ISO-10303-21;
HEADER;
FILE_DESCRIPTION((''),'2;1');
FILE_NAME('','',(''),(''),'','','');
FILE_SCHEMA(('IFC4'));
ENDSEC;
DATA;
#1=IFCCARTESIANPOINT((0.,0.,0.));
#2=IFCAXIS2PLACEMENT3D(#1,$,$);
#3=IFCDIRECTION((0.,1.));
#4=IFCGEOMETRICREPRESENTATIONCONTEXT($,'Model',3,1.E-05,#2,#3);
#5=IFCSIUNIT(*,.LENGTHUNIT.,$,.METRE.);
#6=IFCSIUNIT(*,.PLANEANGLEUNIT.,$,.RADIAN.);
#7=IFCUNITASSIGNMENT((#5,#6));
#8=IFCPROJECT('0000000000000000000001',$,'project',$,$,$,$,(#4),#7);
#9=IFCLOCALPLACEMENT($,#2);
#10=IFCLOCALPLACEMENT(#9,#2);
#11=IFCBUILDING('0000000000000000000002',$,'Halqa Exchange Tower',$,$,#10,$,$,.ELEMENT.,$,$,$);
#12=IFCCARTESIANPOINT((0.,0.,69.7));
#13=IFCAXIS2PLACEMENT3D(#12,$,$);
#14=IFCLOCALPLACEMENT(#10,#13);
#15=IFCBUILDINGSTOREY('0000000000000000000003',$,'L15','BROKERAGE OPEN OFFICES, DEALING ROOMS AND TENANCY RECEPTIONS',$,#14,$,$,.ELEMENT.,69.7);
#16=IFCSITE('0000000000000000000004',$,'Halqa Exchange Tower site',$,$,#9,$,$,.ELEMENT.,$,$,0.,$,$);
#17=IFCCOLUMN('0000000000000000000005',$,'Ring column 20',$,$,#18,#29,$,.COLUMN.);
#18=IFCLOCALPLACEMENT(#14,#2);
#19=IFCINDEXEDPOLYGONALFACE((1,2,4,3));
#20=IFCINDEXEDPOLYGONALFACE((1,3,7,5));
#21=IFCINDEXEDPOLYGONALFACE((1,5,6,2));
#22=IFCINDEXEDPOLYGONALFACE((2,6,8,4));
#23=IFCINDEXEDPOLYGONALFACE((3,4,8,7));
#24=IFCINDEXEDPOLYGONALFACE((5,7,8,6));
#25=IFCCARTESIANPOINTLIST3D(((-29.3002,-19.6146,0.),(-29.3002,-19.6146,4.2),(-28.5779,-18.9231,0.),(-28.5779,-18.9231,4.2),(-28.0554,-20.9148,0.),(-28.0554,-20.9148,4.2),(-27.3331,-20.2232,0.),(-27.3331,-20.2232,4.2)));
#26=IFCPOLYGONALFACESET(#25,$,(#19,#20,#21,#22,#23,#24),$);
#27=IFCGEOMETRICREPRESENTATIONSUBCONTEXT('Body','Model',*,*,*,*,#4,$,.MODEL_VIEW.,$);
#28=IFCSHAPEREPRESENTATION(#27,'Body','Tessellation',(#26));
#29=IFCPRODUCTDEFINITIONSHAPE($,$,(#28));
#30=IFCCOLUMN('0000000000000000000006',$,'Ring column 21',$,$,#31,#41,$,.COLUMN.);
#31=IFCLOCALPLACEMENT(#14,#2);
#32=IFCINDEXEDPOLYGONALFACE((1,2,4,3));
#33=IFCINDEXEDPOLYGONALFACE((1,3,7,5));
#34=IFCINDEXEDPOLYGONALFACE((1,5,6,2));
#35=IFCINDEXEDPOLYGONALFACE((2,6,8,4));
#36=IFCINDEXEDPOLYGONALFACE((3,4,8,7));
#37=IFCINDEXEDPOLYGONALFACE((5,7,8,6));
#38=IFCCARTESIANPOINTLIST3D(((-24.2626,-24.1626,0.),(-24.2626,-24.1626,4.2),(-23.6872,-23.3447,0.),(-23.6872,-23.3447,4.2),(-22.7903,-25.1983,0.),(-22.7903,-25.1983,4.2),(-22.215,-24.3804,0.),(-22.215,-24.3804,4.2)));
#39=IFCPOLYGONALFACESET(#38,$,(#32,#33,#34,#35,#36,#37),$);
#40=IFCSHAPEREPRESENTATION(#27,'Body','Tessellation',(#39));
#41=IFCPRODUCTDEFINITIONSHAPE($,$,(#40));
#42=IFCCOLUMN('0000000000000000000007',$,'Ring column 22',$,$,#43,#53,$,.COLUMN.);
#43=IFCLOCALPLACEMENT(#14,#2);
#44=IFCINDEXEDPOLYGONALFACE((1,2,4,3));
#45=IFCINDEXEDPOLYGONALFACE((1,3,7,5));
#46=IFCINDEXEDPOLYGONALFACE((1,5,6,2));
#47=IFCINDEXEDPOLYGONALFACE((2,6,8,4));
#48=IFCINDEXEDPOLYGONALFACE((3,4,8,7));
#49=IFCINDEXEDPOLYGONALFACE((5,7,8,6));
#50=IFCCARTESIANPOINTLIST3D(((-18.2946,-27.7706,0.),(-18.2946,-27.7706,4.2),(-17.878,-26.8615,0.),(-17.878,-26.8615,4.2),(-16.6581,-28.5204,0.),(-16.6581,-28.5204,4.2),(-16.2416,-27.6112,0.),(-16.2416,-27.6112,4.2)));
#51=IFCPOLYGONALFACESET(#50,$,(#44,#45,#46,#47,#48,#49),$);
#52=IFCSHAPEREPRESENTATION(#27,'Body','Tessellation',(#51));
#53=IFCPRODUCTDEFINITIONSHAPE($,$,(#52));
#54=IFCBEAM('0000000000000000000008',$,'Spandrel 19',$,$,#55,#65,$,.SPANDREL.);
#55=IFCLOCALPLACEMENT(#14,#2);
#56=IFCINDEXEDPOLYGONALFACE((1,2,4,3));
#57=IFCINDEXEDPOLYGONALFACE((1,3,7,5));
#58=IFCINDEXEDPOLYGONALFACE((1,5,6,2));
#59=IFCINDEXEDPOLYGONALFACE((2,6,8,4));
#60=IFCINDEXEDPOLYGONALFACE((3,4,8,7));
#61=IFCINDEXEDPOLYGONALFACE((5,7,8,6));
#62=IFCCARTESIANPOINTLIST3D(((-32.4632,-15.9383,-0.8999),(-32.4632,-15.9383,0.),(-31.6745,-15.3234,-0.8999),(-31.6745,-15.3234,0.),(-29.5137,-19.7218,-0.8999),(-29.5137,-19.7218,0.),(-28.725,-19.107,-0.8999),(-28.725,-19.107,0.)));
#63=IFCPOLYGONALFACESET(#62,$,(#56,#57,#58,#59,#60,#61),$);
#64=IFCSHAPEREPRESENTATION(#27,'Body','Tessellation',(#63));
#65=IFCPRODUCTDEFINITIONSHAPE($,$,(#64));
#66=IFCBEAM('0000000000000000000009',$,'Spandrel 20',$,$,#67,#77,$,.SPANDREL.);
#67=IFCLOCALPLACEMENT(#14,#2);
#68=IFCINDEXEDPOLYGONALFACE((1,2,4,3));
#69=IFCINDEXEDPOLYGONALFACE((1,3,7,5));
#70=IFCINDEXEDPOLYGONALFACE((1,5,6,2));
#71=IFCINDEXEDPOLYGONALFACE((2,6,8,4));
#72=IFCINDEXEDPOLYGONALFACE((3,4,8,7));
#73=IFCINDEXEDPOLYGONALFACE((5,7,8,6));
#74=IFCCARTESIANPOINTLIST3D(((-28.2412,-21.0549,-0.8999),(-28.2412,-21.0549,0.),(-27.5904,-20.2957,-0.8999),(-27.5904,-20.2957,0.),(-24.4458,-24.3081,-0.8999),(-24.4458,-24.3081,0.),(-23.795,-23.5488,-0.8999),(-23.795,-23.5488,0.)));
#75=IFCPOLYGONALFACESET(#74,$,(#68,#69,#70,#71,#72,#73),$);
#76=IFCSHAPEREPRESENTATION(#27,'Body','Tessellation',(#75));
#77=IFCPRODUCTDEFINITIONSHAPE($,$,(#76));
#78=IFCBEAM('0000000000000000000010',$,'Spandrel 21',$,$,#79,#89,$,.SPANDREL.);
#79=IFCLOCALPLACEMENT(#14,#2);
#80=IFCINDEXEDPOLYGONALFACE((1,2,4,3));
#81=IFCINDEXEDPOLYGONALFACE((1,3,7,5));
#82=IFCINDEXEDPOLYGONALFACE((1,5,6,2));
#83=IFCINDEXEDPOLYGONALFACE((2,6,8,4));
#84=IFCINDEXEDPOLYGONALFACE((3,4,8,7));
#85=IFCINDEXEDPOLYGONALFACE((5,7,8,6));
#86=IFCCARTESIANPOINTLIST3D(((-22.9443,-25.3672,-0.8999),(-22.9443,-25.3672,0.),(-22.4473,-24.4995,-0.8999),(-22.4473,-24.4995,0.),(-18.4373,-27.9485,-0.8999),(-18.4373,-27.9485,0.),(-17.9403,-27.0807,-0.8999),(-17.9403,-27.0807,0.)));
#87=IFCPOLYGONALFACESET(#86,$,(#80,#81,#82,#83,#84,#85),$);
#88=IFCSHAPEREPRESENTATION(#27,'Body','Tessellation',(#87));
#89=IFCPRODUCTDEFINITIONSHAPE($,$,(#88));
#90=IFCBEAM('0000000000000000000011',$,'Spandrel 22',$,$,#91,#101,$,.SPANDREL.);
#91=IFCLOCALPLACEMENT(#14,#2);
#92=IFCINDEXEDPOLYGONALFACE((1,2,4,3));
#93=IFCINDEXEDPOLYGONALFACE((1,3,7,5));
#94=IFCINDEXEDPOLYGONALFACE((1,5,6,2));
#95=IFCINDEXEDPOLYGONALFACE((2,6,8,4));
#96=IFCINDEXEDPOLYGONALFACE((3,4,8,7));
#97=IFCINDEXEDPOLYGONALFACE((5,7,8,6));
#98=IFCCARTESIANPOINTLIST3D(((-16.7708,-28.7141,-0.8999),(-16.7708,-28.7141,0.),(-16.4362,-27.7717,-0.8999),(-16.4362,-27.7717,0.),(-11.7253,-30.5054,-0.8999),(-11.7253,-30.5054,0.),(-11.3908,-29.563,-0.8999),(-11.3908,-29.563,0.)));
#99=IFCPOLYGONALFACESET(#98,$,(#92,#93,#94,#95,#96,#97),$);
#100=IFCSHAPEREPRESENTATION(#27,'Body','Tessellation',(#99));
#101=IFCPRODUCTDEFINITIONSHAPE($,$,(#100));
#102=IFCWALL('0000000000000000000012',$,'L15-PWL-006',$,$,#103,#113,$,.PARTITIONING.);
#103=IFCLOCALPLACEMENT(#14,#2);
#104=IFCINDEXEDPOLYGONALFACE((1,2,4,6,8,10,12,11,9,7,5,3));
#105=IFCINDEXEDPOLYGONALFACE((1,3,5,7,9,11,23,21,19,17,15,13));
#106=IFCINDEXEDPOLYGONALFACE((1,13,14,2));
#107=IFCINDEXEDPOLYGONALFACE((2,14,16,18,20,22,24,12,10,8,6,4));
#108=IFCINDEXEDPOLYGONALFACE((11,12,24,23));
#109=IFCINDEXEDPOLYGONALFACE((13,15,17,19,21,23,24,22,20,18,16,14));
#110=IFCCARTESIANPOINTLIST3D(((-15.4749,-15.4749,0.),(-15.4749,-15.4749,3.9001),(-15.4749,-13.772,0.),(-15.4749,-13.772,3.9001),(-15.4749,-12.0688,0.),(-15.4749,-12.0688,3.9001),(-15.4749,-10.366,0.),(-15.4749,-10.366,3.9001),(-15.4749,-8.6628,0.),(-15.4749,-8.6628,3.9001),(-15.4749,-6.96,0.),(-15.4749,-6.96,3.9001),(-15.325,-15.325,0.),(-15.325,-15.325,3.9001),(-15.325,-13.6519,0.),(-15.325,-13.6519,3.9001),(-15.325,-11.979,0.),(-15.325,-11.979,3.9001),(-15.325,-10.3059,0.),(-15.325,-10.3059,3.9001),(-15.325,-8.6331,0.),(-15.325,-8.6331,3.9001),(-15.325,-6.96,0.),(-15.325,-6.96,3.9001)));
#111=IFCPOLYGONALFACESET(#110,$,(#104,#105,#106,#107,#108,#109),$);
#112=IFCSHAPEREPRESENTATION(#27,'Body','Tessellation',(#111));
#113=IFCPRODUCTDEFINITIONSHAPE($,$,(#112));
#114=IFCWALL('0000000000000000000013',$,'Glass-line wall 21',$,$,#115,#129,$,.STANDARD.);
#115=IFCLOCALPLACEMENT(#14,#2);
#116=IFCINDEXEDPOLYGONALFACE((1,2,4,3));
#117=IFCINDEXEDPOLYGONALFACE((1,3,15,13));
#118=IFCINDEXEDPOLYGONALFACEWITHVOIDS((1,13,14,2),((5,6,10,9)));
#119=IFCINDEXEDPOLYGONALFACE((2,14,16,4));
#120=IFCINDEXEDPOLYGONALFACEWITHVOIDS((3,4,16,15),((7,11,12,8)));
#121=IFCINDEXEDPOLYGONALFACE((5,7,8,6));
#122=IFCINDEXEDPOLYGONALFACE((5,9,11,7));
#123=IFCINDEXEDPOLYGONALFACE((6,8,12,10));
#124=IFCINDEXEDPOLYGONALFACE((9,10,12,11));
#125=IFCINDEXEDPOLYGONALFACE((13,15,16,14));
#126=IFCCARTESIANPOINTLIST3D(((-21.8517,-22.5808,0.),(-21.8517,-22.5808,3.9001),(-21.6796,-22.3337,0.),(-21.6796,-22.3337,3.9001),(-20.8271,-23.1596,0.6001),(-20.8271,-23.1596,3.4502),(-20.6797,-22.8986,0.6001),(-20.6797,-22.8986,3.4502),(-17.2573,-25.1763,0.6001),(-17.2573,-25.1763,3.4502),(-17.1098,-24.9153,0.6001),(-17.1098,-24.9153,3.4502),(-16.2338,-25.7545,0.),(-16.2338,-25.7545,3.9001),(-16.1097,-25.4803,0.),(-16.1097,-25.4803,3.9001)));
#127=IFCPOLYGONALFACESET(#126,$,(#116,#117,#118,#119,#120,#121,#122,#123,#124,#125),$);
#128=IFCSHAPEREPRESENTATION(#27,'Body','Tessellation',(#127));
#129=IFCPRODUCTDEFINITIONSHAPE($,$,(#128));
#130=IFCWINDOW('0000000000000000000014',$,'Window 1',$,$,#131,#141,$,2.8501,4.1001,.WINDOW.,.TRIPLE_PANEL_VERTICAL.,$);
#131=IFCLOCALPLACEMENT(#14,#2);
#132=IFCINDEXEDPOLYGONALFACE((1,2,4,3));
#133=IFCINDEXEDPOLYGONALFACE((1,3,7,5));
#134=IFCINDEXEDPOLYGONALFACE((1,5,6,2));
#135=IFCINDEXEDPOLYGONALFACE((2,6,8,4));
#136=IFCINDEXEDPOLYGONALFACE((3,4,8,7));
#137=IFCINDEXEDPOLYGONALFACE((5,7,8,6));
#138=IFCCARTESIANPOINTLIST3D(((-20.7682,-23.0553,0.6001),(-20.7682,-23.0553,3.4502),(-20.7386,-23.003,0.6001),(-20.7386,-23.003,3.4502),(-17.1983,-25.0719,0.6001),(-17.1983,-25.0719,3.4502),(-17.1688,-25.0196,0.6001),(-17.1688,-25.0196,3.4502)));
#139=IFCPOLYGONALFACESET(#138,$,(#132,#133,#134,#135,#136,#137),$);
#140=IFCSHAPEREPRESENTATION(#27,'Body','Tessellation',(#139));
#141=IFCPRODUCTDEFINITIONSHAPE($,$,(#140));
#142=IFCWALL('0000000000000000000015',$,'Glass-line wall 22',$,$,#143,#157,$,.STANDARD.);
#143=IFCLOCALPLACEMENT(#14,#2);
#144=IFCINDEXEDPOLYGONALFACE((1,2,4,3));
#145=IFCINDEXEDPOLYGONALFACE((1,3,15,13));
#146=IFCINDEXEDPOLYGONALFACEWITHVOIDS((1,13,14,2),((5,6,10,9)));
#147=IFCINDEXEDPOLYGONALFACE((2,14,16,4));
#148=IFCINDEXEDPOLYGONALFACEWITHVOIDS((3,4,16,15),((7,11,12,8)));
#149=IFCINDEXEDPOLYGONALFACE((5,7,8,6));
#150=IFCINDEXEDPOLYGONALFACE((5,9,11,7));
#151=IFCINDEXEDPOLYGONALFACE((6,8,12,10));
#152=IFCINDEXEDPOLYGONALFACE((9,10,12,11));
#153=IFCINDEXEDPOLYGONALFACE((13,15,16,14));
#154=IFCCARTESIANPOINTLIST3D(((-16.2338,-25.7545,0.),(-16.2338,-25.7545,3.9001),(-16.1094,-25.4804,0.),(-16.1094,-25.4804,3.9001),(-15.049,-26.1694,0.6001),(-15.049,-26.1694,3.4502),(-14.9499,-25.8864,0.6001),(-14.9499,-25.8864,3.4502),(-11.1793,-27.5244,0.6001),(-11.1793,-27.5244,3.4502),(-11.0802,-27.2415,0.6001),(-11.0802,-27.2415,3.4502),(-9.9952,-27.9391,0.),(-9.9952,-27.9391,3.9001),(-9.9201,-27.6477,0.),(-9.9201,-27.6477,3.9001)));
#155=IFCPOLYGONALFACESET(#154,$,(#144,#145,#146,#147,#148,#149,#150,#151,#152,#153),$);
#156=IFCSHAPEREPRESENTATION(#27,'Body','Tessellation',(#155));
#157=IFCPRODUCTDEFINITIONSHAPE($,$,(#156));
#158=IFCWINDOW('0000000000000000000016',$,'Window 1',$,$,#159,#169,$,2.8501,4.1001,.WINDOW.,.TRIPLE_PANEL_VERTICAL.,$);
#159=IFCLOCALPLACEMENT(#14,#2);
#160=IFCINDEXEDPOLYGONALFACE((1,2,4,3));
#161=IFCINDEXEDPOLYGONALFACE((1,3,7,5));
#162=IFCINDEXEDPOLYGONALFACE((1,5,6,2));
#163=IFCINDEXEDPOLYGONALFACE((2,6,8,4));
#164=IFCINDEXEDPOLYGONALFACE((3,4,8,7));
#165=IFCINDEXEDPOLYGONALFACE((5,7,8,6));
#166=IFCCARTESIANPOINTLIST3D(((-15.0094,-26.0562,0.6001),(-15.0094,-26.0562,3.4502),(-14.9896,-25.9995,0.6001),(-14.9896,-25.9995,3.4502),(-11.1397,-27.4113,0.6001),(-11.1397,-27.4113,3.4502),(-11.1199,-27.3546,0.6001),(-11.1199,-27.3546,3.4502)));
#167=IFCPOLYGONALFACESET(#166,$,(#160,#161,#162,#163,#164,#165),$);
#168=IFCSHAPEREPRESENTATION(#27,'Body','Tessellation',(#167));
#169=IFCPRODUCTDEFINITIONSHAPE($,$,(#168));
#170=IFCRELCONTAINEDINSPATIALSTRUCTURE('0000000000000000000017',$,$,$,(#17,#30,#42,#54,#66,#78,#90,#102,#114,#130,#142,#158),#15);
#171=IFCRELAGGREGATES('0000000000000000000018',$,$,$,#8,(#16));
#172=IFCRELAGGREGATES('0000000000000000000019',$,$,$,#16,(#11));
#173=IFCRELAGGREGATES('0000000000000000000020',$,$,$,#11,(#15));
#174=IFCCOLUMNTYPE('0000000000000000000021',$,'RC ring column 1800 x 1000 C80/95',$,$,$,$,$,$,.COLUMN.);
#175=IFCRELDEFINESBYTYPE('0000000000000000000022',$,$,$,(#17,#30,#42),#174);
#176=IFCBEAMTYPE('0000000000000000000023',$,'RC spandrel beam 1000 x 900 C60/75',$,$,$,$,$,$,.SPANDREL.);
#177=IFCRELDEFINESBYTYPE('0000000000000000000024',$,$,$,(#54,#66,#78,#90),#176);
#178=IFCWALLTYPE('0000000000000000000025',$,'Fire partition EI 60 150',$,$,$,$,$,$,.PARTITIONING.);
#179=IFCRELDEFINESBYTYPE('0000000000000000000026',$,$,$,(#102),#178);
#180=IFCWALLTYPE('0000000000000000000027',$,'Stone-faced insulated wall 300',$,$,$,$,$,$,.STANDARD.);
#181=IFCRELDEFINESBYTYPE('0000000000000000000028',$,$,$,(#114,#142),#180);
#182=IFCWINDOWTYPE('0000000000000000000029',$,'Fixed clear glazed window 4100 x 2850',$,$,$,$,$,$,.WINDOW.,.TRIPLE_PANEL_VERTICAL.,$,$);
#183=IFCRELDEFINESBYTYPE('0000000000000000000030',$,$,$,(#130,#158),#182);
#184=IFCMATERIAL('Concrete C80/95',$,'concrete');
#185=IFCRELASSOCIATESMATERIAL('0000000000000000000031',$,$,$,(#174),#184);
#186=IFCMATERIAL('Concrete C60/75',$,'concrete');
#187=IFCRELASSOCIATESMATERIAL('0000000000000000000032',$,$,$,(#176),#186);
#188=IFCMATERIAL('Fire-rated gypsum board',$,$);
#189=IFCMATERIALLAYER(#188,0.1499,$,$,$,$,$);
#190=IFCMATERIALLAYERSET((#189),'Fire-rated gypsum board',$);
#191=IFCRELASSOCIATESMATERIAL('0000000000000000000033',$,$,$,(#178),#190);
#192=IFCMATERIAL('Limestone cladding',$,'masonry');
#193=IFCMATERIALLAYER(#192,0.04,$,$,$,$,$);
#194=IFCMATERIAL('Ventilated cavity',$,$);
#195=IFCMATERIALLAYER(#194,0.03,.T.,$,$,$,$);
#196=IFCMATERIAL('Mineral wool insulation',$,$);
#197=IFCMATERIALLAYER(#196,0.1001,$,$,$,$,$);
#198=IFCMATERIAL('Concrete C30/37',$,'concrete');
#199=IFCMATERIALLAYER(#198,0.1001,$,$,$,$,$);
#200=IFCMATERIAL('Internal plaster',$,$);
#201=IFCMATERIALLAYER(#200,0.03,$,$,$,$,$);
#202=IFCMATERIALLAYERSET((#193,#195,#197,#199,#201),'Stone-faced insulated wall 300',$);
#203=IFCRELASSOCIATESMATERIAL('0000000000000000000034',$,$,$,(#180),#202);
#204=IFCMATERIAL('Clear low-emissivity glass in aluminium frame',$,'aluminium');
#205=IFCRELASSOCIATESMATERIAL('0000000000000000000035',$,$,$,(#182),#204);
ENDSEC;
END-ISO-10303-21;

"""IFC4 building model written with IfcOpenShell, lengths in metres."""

from ifc_helpers import new_model, si_unit, direction, frame, frame_2d, origin, origin_2d, place, context, subcontext, project, spatial, polyline, rectangle, outline, extrude, material, layer, layer_set, material_profile, profile_set, type_object, element, fill, save


model = new_model("IFC4")

# Units and contexts
model_context = context("Model", 3, precision=1e-05, world=origin(), true_north=direction((0.0, 1.0)))
body_context = subcontext(model_context, "Body", "Model", "MODEL_VIEW")
ifc_project = project(units=[si_unit("LENGTHUNIT", "METRE"), si_unit("PLANEANGLEUNIT", "RADIAN")], contexts=[model_context])

# Site, building, storey
site_placement = place(None, origin())
site = spatial("IfcSite", under=ifc_project, at=site_placement, Name="Halqa Exchange Tower site", CompositionType="ELEMENT", RefElevation=0.0)
building_placement = place(site_placement, origin())
building = spatial("IfcBuilding", under=site, at=building_placement, Name="Halqa Exchange Tower", CompositionType="ELEMENT")
storey_placement = place(building_placement, frame((0.0, 0.0, 69.7)))
storey = spatial("IfcBuildingStorey", under=building, at=storey_placement, Name="L15", Description="BROKERAGE OPEN OFFICES, DEALING ROOMS AND TENANCY RECEPTIONS", CompositionType="ELEMENT", Elevation=69.7)

# Columns
ifc_material_1 = material(Name="Concrete C80/95", Category="concrete")
ifc_material_profile_1 = material_profile(ifc_material_1, rectangle(XDim=1.8, YDim=1.0, at=origin_2d()), Name="1800 x 1000")
ifc_profile_set_1 = profile_set([ifc_material_profile_1], Name="Concrete C80/95")
column_type = type_object("IfcColumnType", Name="RC ring column 1800 x 1000 C80/95", PredefinedType="COLUMN", material=ifc_profile_set_1)
for number, where, z_axis, x_axis, name in (
    (1, (-28.3167, -19.9189, 0.0), (0.0, 0.0, 1.0), (0.691579, -0.722301, 0.0), "Ring column 20"),
    (2, (-23.2388, -24.2715, 0.0), (0.0, 0.0, 1.0), (0.817909, -0.575348, 0.0), "Ring column 21"),
    (3, (-17.2681, -27.6909, 0.0), (0.0, 0.0, 1.0), (0.909127, -0.416519, 0.0), "Ring column 22"),
):
    element("IfcColumn", number, at=place(storey_placement, frame(where, z_axis=z_axis, x_axis=x_axis)), inside=storey, type_object=column_type, Name=name, PredefinedType="COLUMN", context=body_context, shape_type="SweptSolid", body=[
        extrude(rectangle(XDim=1.8, YDim=1.0, at=origin_2d()), origin(), (0.0, 0.0, 1.0), 4.2),
    ])

# Beams
ifc_material_2 = material(Name="Concrete C60/75", Category="concrete")
ifc_material_profile_2 = material_profile(ifc_material_2, rectangle(XDim=1.0, YDim=0.8999, at=origin_2d()), Name="1000 x 900")
ifc_profile_set_2 = profile_set([ifc_material_profile_2], Name="Concrete C60/75")
beam_type = type_object("IfcBeamType", Name="RC spandrel beam 1000 x 900 C60/75", PredefinedType="SPANDREL", material=ifc_profile_set_2)
beam_1_placement = place(storey_placement, frame((-32.0688, -15.6309, -0.45), z_axis=(0.614821, -0.788667, 0.0), x_axis=(0.788667, 0.614821, 0.0)))
element("IfcBeam", 4, at=beam_1_placement, inside=storey, type_object=beam_type, Name="Spandrel 19", PredefinedType="SPANDREL", context=body_context, shape_type="SweptSolid", body=[
    extrude(rectangle(XDim=1.0, YDim=0.8999, at=origin_2d()), origin(), (0.0, 0.0, 1.0), 4.7974),
])
beam_2_placement = place(storey_placement, frame((-27.9158, -20.6753, -0.45), z_axis=(0.75926, -0.650787, 0.0), x_axis=(0.650787, 0.75926, 0.0)))
element("IfcBeam", 5, at=beam_2_placement, inside=storey, type_object=beam_type, Name="Spandrel 20", PredefinedType="SPANDREL", context=body_context, shape_type="SweptSolid", body=[
    extrude(rectangle(XDim=1.0, YDim=0.8999, at=origin_2d()), origin(), (0.0, 0.0, 1.0), 4.9988),
])
beam_3_placement = place(storey_placement, frame((-22.6958, -24.9333, -0.45), z_axis=(0.86776, -0.496984, 0.0), x_axis=(0.496984, 0.86776, 0.0)))
element("IfcBeam", 6, at=beam_3_placement, inside=storey, type_object=beam_type, Name="Spandrel 21", PredefinedType="SPANDREL", context=body_context, shape_type="SweptSolid", body=[
    extrude(rectangle(XDim=1.0, YDim=0.8999, at=origin_2d()), origin(), (0.0, 0.0, 1.0), 5.1938),
])
beam_4_placement = place(storey_placement, frame((-16.6035, -28.2429, -0.45), z_axis=(0.942372, -0.334568, 0.0), x_axis=(0.334568, 0.942372, 0.0)))
element("IfcBeam", 7, at=beam_4_placement, inside=storey, type_object=beam_type, Name="Spandrel 22", PredefinedType="SPANDREL", context=body_context, shape_type="SweptSolid", body=[
    extrude(rectangle(XDim=1.0, YDim=0.8999, at=origin_2d()), origin(), (0.0, 0.0, 1.0), 5.354),
])

# Wall
ifc_material_3 = material(Name="Fire-rated gypsum board")
ifc_layer_1 = layer(ifc_material_3, 0.1499)
ifc_layer_set_1 = layer_set([ifc_layer_1], Name="Fire-rated gypsum board")
wall_type_1 = type_object("IfcWallType", Name="Fire partition EI 60 150", PredefinedType="PARTITIONING", material=ifc_layer_set_1)
wall_1_placement = place(storey_placement, frame((-15.3999, -15.4751, 0.0), z_axis=(0.0, 0.0, 1.0), x_axis=(0.0, 1.0, 0.0)))
element("IfcWall", 8, at=wall_1_placement, inside=storey, type_object=wall_type_1, Name="L15-PWL-006", PredefinedType="PARTITIONING", context=body_context, shape_type="SweptSolid", body=[
    extrude(outline(polyline([(8.5151, 0.075), (6.8123, 0.075), (5.1091, 0.075), (3.4062, 0.075), (1.7031, 0.075), (0.0002, 0.075), (0.1501, -0.075), (1.8232, -0.075), (3.4961, -0.075), (5.1692, -0.075), (6.842, -0.075), (8.5151, -0.075), (8.5151, 0.075)])), origin(), (0.0, 0.0, 1.0), 3.9001),
])

# Shared definitions
ifc_material_4 = material(Name="Limestone cladding", Category="masonry")
ifc_layer_2 = layer(ifc_material_4, 0.04)
ifc_material_5 = material(Name="Ventilated cavity")
ifc_layer_3 = layer(ifc_material_5, 0.03, ventilated=True)
ifc_material_6 = material(Name="Mineral wool insulation")
ifc_layer_4 = layer(ifc_material_6, 0.1001)
ifc_material_7 = material(Name="Concrete C30/37", Category="concrete")
ifc_layer_5 = layer(ifc_material_7, 0.1001)
ifc_material_8 = material(Name="Internal plaster")
ifc_layer_6 = layer(ifc_material_8, 0.03)
ifc_layer_set_2 = layer_set([ifc_layer_2, ifc_layer_3, ifc_layer_4, ifc_layer_5, ifc_layer_6], Name="Stone-faced insulated wall 300")
wall_type_2 = type_object("IfcWallType", Name="Stone-faced insulated wall 300", PredefinedType="STANDARD", material=ifc_layer_set_2)
ifc_material_9 = material(Name="Clear low-emissivity glass in aluminium frame", Category="aluminium")

# Walls, openings, windows
wall_2_placement = place(storey_placement, frame((-21.7656, -22.4573, 0.0), z_axis=(0.0, 0.0, 1.0), x_axis=(0.870674, -0.491861, 0.0)))
wall_2 = element("IfcWall", 9, at=wall_2_placement, inside=storey, type_object=wall_type_2, Name="Glass-line wall 21", PredefinedType="STANDARD", context=body_context, shape_type="SweptSolid", body=[
    extrude(outline(polyline([(-0.0142, -0.1499), (6.4382, -0.1499), (6.4114, 0.1499), (0.0142, 0.1499), (-0.0142, -0.1499)])), origin(), (0.0, 0.0, 1.0), 3.9001),
])
opening_1_placement = place(wall_2_placement, frame((1.1626, 0.0, 0.6001)))
opening_1 = element("IfcOpeningElement", 10, at=opening_1_placement, cuts=wall_2, PredefinedType="OPENING", context=body_context, shape_type="SweptSolid", body=[
    extrude(rectangle(XDim=4.1001, YDim=2.8501, at=frame_2d((2.05, 1.425))), frame((0.0, 0.1621, 0.0), z_axis=(0.0, -1.0, 0.0), x_axis=(1.0, 0.0, 0.0)), (0.0, 0.0, 1.0), 0.324),
])
window_type = type_object("IfcWindowType", Name="Fixed clear glazed window 4100 x 2850", PartitioningType="TRIPLE_PANEL_VERTICAL", PredefinedType="WINDOW", material=ifc_material_9)
window_1_placement = place(opening_1_placement, origin())
window_1 = element("IfcWindow", 11, at=window_1_placement, inside=storey, type_object=window_type, Name="Window 1", OverallHeight=2.8501, OverallWidth=4.1001, PartitioningType="TRIPLE_PANEL_VERTICAL", PredefinedType="WINDOW", context=body_context, shape_type="SweptSolid", body=[
    extrude(rectangle(XDim=4.1001, YDim=2.8501, at=frame_2d((2.05, 1.425))), frame((0.0, 0.03, 0.0), z_axis=(0.0, -1.0, 0.0), x_axis=(1.0, 0.0, 0.0)), (0.0, 0.0, 1.0), 0.0601),
])
fill(opening_1, window_1)
wall_3_placement = place(storey_placement, frame((-16.1716, -25.6174, 0.0), z_axis=(0.0, 0.0, 1.0), x_axis=(0.943807, -0.330497, 0.0)))
wall_3 = element("IfcWall", 12, at=wall_3_placement, inside=storey, type_object=wall_type_2, Name="Glass-line wall 22", PredefinedType="STANDARD", context=body_context, shape_type="SweptSolid", body=[
    extrude(outline(polyline([(-0.0134, -0.1499), (6.5967, -0.1499), (6.5713, 0.1499), (0.0134, 0.1499), (-0.0134, -0.1499)])), origin(), (0.0, 0.0, 1.0), 3.9001),
])
opening_2_placement = place(wall_3_placement, frame((1.2419, 0.0, 0.6001)))
opening_2 = element("IfcOpeningElement", 13, at=opening_2_placement, cuts=wall_3, PredefinedType="OPENING", context=body_context, shape_type="SweptSolid", body=[
    extrude(rectangle(XDim=4.1001, YDim=2.8501, at=frame_2d((2.05, 1.425))), frame((0.0, 0.1621, 0.0), z_axis=(0.0, -1.0, 0.0), x_axis=(1.0, 0.0, 0.0)), (0.0, 0.0, 1.0), 0.324),
])
window_2_placement = place(opening_2_placement, origin())
window_2 = element("IfcWindow", 14, at=window_2_placement, inside=storey, type_object=window_type, Name="Window 1", OverallHeight=2.8501, OverallWidth=4.1001, PartitioningType="TRIPLE_PANEL_VERTICAL", PredefinedType="WINDOW", context=body_context, shape_type="SweptSolid", body=[
    extrude(rectangle(XDim=4.1001, YDim=2.8501, at=frame_2d((2.05, 1.425))), frame((0.0, 0.03, 0.0), z_axis=(0.0, -1.0, 0.0), x_axis=(1.0, 0.0, 0.0)), (0.0, 0.0, 1.0), 0.0601),
])
fill(opening_2, window_2)

save(model, "model.ifc")
